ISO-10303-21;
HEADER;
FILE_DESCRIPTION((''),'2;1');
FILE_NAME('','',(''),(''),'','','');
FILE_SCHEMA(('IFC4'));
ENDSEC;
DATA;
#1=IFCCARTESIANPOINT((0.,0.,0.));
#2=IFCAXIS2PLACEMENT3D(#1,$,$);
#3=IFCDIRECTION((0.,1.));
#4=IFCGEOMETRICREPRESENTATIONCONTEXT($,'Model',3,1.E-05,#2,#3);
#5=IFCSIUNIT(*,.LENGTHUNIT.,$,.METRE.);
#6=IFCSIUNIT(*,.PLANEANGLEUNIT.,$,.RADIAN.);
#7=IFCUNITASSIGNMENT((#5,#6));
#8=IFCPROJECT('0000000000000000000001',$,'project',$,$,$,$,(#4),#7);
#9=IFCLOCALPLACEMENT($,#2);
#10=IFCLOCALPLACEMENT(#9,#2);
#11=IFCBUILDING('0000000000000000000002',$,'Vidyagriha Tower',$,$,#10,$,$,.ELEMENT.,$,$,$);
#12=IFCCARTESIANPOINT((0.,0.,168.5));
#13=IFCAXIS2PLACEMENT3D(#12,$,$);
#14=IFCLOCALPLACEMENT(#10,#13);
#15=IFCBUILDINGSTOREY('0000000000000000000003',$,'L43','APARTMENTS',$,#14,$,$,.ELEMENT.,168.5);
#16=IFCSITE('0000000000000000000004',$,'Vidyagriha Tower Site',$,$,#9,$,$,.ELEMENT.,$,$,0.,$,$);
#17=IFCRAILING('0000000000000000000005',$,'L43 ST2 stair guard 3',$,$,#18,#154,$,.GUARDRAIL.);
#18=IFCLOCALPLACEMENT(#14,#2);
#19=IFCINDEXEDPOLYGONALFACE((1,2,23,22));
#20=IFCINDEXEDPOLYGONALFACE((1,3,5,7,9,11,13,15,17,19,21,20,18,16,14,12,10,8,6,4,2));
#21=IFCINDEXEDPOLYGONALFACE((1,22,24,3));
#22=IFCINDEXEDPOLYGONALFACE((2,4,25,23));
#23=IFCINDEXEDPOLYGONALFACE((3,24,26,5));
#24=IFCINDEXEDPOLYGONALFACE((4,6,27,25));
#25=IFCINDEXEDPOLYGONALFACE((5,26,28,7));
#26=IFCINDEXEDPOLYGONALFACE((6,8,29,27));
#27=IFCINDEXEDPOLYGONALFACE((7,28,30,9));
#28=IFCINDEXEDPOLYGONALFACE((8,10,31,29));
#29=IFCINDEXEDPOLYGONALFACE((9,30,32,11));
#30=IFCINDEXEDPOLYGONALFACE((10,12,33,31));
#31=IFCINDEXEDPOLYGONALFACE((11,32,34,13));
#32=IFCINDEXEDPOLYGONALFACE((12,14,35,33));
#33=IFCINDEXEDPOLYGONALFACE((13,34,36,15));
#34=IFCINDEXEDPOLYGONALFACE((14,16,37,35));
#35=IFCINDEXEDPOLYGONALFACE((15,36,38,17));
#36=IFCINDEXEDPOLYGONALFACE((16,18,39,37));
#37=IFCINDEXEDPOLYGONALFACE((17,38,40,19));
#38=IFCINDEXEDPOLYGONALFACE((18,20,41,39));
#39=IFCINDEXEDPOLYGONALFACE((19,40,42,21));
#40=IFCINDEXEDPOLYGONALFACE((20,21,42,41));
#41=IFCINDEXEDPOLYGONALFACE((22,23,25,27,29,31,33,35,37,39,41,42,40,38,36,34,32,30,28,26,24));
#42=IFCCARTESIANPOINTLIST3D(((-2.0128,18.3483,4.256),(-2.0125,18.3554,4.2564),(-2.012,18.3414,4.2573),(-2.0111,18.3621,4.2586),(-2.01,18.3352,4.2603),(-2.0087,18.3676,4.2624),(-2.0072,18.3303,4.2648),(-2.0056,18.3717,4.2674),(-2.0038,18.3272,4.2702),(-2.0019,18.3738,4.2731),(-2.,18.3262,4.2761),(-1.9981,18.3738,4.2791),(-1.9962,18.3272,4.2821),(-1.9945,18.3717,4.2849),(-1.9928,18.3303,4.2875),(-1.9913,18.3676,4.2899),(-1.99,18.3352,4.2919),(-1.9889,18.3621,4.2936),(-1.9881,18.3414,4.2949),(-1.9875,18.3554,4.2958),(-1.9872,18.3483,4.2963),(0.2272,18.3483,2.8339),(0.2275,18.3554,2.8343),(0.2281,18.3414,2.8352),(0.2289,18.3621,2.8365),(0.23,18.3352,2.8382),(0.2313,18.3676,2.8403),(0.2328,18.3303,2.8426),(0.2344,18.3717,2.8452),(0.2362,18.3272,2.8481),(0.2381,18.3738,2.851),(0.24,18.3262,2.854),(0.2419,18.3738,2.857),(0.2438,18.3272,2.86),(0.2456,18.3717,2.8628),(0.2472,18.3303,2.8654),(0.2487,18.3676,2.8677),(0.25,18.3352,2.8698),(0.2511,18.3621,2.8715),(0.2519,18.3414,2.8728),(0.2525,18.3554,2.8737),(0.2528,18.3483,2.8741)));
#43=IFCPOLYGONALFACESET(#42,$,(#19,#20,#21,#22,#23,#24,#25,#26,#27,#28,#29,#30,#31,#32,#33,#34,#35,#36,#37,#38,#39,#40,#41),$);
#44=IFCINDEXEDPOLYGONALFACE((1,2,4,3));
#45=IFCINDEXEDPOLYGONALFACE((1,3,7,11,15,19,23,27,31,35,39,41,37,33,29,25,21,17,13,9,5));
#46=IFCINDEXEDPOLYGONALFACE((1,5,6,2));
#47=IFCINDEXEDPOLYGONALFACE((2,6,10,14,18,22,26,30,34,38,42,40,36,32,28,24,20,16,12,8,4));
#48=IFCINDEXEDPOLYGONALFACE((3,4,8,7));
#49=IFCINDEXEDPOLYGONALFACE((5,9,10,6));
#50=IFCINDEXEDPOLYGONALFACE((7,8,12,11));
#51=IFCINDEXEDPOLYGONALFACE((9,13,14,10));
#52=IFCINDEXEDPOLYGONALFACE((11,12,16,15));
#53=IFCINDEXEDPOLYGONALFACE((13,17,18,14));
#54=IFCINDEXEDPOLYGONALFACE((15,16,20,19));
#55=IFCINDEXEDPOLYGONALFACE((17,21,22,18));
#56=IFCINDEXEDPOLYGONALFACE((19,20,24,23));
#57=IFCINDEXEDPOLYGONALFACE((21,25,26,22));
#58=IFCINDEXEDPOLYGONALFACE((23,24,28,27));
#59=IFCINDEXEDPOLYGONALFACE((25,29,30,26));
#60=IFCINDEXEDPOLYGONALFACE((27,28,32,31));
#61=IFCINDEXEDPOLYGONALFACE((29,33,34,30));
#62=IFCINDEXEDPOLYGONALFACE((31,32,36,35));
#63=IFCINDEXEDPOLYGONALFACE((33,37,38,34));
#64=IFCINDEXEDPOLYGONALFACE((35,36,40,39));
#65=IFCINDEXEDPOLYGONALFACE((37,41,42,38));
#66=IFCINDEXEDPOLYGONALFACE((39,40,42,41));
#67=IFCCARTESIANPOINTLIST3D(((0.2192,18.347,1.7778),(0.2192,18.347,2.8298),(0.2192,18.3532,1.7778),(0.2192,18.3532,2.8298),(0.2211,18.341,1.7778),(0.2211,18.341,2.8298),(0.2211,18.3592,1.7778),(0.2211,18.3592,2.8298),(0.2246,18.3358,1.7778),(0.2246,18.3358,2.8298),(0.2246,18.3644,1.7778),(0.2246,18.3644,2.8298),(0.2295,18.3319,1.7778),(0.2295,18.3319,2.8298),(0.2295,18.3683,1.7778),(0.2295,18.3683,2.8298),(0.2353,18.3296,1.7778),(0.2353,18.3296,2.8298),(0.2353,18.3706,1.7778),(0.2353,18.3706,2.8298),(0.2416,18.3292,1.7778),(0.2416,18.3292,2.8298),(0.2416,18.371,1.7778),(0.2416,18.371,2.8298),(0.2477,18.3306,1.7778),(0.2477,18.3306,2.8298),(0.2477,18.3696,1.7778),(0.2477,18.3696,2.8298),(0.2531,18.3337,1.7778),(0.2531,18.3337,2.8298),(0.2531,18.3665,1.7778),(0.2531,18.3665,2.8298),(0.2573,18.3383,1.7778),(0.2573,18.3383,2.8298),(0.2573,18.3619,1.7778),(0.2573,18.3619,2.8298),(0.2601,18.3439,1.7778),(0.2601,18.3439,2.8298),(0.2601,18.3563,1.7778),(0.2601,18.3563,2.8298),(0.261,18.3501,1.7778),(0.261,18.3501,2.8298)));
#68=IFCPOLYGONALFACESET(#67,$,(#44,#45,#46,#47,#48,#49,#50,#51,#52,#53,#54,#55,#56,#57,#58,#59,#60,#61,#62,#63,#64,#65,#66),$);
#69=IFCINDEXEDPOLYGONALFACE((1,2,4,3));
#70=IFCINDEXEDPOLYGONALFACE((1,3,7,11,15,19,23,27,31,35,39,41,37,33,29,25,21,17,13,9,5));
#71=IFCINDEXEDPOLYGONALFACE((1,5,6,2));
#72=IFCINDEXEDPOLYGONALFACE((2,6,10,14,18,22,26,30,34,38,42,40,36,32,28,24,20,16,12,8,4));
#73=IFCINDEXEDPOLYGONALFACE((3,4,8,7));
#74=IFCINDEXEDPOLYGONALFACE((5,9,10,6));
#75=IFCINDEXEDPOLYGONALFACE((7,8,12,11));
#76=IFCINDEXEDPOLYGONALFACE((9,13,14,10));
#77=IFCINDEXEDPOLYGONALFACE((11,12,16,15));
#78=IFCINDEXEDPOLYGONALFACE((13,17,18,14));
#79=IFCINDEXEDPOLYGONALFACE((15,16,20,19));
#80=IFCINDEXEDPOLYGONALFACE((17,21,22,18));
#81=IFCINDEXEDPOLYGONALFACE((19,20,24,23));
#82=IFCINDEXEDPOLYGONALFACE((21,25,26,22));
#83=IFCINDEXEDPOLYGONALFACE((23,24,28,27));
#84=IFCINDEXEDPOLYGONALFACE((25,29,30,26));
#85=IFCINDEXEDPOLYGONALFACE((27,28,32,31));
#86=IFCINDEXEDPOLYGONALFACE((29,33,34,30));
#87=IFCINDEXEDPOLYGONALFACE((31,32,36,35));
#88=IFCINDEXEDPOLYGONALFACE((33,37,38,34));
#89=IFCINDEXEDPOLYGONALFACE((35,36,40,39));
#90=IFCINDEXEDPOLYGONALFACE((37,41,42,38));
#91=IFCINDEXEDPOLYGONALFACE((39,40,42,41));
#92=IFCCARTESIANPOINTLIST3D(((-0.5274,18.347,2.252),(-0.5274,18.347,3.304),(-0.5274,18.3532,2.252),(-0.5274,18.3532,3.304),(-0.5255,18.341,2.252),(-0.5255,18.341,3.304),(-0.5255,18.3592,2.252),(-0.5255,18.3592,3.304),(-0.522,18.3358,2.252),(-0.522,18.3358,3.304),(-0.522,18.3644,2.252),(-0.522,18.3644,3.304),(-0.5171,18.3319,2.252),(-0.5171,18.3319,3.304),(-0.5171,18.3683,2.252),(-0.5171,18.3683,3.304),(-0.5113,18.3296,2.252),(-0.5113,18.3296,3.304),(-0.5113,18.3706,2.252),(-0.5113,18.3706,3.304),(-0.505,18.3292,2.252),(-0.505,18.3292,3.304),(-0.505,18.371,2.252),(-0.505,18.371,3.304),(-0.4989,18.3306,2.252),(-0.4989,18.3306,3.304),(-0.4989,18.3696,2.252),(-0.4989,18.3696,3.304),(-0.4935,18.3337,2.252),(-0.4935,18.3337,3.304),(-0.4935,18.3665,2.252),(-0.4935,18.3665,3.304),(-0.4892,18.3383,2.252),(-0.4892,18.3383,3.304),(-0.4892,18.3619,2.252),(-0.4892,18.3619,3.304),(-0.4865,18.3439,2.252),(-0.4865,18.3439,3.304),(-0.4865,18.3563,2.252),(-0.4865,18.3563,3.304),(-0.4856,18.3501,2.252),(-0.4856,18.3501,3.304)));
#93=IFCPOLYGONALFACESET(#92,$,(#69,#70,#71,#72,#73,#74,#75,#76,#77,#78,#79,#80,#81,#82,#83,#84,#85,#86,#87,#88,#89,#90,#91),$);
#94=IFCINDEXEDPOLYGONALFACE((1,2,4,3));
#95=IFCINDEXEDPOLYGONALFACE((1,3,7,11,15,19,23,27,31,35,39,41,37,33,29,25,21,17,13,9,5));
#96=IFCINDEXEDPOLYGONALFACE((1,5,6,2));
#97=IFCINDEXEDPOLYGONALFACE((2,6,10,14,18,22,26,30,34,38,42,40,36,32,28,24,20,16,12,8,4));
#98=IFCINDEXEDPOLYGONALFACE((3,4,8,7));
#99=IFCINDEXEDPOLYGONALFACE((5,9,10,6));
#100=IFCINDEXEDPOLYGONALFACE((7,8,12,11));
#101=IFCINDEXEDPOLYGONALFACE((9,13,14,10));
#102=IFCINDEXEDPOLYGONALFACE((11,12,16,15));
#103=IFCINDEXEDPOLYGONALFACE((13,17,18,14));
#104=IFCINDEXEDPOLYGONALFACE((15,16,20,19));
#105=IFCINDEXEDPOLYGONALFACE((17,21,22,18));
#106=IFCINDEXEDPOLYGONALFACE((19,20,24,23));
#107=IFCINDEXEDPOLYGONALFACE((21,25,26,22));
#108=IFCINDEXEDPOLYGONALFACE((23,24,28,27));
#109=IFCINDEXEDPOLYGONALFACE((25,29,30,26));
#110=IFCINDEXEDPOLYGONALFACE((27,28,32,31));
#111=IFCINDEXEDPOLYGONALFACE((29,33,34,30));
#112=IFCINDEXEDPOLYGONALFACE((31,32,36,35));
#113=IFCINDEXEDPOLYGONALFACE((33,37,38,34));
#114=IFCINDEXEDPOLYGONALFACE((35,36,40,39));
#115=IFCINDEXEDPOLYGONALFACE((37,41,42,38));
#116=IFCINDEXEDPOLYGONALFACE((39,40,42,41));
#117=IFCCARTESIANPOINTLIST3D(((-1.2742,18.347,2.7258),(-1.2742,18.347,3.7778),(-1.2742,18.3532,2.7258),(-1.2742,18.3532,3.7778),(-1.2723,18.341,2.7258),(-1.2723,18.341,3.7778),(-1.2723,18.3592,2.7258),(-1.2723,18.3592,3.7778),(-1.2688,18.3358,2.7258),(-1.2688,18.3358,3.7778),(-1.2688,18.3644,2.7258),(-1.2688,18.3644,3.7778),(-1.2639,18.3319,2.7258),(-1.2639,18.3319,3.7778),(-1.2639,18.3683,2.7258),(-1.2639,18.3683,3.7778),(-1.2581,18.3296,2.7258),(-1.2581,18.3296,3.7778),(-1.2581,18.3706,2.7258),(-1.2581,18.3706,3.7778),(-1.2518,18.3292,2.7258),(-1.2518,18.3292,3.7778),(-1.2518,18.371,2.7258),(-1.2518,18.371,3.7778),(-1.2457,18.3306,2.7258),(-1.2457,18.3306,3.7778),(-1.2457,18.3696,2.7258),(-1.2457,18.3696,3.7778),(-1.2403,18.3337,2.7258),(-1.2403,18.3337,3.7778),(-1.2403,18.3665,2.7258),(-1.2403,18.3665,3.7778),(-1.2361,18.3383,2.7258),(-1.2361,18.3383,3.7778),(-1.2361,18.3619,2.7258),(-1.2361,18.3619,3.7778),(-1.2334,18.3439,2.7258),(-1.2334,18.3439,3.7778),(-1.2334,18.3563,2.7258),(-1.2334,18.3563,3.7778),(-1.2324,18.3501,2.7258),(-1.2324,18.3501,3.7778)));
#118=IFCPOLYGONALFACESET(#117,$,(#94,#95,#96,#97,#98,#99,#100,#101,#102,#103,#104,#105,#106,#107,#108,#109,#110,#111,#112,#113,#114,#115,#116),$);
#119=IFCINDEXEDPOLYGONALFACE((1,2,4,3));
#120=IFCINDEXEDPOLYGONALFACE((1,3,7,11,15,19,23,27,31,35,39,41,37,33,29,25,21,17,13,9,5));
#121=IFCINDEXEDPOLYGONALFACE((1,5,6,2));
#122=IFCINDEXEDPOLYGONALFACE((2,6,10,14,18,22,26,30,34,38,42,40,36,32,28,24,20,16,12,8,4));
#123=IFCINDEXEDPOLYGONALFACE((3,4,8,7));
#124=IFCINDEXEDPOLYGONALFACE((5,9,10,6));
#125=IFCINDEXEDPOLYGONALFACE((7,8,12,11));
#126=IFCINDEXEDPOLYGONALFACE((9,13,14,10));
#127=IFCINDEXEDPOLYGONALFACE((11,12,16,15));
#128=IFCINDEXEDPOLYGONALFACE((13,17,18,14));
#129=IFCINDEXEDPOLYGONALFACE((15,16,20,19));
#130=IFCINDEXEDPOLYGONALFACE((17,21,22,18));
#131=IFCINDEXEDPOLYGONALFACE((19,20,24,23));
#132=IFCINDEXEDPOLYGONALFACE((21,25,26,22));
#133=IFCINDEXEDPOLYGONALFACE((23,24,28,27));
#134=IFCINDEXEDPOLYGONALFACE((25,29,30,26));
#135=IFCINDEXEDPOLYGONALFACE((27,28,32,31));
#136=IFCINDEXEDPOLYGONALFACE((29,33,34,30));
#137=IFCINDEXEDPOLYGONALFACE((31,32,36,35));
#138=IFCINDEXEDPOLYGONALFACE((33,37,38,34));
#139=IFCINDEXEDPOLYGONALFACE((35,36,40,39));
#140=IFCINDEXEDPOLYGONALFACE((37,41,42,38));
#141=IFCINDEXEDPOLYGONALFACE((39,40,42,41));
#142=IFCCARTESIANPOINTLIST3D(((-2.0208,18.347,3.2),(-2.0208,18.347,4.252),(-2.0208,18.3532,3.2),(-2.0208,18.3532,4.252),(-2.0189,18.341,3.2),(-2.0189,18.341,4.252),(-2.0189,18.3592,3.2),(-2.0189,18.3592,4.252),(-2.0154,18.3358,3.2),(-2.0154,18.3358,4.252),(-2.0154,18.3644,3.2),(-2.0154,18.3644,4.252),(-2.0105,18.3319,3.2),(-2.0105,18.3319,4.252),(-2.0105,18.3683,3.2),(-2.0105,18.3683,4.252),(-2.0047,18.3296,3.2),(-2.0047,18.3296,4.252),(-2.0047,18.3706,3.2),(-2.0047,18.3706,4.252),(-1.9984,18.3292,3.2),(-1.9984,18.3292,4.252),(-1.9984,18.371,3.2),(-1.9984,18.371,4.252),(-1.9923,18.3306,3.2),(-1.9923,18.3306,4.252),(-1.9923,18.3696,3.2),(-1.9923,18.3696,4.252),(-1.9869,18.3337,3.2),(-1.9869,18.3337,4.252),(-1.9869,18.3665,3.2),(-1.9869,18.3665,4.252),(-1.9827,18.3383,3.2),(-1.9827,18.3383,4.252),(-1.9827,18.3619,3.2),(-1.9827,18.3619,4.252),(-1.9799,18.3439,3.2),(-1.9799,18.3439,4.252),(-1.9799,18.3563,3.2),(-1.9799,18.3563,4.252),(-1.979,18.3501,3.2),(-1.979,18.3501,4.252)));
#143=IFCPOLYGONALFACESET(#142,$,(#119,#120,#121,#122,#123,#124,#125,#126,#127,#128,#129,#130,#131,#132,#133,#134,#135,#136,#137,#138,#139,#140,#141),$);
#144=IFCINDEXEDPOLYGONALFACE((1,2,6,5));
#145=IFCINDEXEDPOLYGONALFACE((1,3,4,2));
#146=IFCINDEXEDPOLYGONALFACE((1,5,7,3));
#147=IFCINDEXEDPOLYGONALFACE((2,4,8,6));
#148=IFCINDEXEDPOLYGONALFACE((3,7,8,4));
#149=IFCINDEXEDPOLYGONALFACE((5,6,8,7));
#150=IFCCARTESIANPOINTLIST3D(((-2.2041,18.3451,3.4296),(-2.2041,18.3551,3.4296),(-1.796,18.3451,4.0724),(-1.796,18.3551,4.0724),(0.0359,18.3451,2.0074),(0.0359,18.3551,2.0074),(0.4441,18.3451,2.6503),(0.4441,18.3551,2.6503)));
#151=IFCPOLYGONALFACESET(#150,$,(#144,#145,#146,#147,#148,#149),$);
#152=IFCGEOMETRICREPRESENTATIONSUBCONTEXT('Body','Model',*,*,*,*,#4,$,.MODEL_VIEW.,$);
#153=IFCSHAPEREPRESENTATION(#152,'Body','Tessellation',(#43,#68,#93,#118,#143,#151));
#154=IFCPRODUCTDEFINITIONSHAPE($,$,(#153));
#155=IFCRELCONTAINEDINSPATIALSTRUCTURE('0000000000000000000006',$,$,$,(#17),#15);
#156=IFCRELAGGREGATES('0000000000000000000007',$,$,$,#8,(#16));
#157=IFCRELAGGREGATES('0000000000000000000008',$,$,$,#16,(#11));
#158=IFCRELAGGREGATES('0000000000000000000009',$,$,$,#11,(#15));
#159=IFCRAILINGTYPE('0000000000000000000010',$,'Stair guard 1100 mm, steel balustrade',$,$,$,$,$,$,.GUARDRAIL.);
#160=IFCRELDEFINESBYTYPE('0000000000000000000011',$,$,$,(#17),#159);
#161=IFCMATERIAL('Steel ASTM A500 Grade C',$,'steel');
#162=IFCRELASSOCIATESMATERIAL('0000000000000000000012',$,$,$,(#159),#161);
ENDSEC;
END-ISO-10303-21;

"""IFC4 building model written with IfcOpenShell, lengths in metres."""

from ifc_helpers import new_model, si_unit, direction, frame, origin, origin_2d, place, context, subcontext, project, spatial, rectangle, circle, extrude, material, type_object, element, save


model = new_model("IFC4")

# Units and contexts
model_context = context("Model", 3, precision=1e-05, world=origin(), true_north=direction((0.0, 1.0)))
body_context = subcontext(model_context, "Body", "Model", "MODEL_VIEW")
ifc_project = project(units=[si_unit("LENGTHUNIT", "METRE"), si_unit("PLANEANGLEUNIT", "RADIAN")], contexts=[model_context])

# Site, building, storey
site_placement = place(None, origin())
site = spatial("IfcSite", under=ifc_project, at=site_placement, Name="Vidyagriha Tower Site", CompositionType="ELEMENT", RefElevation=0.0)
building_placement = place(site_placement, origin())
building = spatial("IfcBuilding", under=site, at=building_placement, Name="Vidyagriha Tower", CompositionType="ELEMENT")
storey_placement = place(building_placement, frame((0.0, 0.0, 168.5)))
storey = spatial("IfcBuildingStorey", under=building, at=storey_placement, Name="L43", Description="APARTMENTS", CompositionType="ELEMENT", Elevation=168.5)

# Railing
ifc_material_1 = material(Name="Steel ASTM A500 Grade C", Category="steel")
railing_type_1 = type_object("IfcRailingType", Name="Stair guard 1100 mm, steel balustrade", PredefinedType="GUARDRAIL", material=ifc_material_1)
railing_1_placement = place(storey_placement, frame((0.24, 18.3501, 1.7778)))
element("IfcRailing", 1, at=railing_1_placement, inside=storey, type_object=railing_type_1, Name="L43 ST2 stair guard 3", PredefinedType="GUARDRAIL", context=body_context, shape_type="SweptSolid", body=[
    extrude(circle(Radius=0.0239, at=origin_2d()), frame((0.0, 0.0, 1.0762), z_axis=(-0.844229, 0.0, 0.535982), x_axis=(0.0, -1.0, 0.0)), (0.0, 0.0, 1.0), 2.6533),
    extrude(circle(Radius=0.021, at=origin_2d()), origin(), (0.0, 0.0, 1.0), 1.052),
    extrude(circle(Radius=0.021, at=origin_2d()), frame((-0.7466, 0.0, 0.4741)), (0.0, 0.0, 1.0), 1.052),
    extrude(circle(Radius=0.021, at=origin_2d()), frame((-1.4934, 0.0, 0.948)), (0.0, 0.0, 1.0), 1.052),
    extrude(circle(Radius=0.021, at=origin_2d()), frame((-2.24, 0.0, 1.4221)), (0.0, 0.0, 1.0), 1.052),
    extrude(rectangle(XDim=0.01, YDim=0.7615, at=origin_2d()), frame((0.0, 0.0, 0.551), z_axis=(-0.844229, 0.0, 0.535982), x_axis=(0.0, -1.0, 0.0)), (0.0, 0.0, 1.0), 2.6533),
])

save(model, "model.ifc")
